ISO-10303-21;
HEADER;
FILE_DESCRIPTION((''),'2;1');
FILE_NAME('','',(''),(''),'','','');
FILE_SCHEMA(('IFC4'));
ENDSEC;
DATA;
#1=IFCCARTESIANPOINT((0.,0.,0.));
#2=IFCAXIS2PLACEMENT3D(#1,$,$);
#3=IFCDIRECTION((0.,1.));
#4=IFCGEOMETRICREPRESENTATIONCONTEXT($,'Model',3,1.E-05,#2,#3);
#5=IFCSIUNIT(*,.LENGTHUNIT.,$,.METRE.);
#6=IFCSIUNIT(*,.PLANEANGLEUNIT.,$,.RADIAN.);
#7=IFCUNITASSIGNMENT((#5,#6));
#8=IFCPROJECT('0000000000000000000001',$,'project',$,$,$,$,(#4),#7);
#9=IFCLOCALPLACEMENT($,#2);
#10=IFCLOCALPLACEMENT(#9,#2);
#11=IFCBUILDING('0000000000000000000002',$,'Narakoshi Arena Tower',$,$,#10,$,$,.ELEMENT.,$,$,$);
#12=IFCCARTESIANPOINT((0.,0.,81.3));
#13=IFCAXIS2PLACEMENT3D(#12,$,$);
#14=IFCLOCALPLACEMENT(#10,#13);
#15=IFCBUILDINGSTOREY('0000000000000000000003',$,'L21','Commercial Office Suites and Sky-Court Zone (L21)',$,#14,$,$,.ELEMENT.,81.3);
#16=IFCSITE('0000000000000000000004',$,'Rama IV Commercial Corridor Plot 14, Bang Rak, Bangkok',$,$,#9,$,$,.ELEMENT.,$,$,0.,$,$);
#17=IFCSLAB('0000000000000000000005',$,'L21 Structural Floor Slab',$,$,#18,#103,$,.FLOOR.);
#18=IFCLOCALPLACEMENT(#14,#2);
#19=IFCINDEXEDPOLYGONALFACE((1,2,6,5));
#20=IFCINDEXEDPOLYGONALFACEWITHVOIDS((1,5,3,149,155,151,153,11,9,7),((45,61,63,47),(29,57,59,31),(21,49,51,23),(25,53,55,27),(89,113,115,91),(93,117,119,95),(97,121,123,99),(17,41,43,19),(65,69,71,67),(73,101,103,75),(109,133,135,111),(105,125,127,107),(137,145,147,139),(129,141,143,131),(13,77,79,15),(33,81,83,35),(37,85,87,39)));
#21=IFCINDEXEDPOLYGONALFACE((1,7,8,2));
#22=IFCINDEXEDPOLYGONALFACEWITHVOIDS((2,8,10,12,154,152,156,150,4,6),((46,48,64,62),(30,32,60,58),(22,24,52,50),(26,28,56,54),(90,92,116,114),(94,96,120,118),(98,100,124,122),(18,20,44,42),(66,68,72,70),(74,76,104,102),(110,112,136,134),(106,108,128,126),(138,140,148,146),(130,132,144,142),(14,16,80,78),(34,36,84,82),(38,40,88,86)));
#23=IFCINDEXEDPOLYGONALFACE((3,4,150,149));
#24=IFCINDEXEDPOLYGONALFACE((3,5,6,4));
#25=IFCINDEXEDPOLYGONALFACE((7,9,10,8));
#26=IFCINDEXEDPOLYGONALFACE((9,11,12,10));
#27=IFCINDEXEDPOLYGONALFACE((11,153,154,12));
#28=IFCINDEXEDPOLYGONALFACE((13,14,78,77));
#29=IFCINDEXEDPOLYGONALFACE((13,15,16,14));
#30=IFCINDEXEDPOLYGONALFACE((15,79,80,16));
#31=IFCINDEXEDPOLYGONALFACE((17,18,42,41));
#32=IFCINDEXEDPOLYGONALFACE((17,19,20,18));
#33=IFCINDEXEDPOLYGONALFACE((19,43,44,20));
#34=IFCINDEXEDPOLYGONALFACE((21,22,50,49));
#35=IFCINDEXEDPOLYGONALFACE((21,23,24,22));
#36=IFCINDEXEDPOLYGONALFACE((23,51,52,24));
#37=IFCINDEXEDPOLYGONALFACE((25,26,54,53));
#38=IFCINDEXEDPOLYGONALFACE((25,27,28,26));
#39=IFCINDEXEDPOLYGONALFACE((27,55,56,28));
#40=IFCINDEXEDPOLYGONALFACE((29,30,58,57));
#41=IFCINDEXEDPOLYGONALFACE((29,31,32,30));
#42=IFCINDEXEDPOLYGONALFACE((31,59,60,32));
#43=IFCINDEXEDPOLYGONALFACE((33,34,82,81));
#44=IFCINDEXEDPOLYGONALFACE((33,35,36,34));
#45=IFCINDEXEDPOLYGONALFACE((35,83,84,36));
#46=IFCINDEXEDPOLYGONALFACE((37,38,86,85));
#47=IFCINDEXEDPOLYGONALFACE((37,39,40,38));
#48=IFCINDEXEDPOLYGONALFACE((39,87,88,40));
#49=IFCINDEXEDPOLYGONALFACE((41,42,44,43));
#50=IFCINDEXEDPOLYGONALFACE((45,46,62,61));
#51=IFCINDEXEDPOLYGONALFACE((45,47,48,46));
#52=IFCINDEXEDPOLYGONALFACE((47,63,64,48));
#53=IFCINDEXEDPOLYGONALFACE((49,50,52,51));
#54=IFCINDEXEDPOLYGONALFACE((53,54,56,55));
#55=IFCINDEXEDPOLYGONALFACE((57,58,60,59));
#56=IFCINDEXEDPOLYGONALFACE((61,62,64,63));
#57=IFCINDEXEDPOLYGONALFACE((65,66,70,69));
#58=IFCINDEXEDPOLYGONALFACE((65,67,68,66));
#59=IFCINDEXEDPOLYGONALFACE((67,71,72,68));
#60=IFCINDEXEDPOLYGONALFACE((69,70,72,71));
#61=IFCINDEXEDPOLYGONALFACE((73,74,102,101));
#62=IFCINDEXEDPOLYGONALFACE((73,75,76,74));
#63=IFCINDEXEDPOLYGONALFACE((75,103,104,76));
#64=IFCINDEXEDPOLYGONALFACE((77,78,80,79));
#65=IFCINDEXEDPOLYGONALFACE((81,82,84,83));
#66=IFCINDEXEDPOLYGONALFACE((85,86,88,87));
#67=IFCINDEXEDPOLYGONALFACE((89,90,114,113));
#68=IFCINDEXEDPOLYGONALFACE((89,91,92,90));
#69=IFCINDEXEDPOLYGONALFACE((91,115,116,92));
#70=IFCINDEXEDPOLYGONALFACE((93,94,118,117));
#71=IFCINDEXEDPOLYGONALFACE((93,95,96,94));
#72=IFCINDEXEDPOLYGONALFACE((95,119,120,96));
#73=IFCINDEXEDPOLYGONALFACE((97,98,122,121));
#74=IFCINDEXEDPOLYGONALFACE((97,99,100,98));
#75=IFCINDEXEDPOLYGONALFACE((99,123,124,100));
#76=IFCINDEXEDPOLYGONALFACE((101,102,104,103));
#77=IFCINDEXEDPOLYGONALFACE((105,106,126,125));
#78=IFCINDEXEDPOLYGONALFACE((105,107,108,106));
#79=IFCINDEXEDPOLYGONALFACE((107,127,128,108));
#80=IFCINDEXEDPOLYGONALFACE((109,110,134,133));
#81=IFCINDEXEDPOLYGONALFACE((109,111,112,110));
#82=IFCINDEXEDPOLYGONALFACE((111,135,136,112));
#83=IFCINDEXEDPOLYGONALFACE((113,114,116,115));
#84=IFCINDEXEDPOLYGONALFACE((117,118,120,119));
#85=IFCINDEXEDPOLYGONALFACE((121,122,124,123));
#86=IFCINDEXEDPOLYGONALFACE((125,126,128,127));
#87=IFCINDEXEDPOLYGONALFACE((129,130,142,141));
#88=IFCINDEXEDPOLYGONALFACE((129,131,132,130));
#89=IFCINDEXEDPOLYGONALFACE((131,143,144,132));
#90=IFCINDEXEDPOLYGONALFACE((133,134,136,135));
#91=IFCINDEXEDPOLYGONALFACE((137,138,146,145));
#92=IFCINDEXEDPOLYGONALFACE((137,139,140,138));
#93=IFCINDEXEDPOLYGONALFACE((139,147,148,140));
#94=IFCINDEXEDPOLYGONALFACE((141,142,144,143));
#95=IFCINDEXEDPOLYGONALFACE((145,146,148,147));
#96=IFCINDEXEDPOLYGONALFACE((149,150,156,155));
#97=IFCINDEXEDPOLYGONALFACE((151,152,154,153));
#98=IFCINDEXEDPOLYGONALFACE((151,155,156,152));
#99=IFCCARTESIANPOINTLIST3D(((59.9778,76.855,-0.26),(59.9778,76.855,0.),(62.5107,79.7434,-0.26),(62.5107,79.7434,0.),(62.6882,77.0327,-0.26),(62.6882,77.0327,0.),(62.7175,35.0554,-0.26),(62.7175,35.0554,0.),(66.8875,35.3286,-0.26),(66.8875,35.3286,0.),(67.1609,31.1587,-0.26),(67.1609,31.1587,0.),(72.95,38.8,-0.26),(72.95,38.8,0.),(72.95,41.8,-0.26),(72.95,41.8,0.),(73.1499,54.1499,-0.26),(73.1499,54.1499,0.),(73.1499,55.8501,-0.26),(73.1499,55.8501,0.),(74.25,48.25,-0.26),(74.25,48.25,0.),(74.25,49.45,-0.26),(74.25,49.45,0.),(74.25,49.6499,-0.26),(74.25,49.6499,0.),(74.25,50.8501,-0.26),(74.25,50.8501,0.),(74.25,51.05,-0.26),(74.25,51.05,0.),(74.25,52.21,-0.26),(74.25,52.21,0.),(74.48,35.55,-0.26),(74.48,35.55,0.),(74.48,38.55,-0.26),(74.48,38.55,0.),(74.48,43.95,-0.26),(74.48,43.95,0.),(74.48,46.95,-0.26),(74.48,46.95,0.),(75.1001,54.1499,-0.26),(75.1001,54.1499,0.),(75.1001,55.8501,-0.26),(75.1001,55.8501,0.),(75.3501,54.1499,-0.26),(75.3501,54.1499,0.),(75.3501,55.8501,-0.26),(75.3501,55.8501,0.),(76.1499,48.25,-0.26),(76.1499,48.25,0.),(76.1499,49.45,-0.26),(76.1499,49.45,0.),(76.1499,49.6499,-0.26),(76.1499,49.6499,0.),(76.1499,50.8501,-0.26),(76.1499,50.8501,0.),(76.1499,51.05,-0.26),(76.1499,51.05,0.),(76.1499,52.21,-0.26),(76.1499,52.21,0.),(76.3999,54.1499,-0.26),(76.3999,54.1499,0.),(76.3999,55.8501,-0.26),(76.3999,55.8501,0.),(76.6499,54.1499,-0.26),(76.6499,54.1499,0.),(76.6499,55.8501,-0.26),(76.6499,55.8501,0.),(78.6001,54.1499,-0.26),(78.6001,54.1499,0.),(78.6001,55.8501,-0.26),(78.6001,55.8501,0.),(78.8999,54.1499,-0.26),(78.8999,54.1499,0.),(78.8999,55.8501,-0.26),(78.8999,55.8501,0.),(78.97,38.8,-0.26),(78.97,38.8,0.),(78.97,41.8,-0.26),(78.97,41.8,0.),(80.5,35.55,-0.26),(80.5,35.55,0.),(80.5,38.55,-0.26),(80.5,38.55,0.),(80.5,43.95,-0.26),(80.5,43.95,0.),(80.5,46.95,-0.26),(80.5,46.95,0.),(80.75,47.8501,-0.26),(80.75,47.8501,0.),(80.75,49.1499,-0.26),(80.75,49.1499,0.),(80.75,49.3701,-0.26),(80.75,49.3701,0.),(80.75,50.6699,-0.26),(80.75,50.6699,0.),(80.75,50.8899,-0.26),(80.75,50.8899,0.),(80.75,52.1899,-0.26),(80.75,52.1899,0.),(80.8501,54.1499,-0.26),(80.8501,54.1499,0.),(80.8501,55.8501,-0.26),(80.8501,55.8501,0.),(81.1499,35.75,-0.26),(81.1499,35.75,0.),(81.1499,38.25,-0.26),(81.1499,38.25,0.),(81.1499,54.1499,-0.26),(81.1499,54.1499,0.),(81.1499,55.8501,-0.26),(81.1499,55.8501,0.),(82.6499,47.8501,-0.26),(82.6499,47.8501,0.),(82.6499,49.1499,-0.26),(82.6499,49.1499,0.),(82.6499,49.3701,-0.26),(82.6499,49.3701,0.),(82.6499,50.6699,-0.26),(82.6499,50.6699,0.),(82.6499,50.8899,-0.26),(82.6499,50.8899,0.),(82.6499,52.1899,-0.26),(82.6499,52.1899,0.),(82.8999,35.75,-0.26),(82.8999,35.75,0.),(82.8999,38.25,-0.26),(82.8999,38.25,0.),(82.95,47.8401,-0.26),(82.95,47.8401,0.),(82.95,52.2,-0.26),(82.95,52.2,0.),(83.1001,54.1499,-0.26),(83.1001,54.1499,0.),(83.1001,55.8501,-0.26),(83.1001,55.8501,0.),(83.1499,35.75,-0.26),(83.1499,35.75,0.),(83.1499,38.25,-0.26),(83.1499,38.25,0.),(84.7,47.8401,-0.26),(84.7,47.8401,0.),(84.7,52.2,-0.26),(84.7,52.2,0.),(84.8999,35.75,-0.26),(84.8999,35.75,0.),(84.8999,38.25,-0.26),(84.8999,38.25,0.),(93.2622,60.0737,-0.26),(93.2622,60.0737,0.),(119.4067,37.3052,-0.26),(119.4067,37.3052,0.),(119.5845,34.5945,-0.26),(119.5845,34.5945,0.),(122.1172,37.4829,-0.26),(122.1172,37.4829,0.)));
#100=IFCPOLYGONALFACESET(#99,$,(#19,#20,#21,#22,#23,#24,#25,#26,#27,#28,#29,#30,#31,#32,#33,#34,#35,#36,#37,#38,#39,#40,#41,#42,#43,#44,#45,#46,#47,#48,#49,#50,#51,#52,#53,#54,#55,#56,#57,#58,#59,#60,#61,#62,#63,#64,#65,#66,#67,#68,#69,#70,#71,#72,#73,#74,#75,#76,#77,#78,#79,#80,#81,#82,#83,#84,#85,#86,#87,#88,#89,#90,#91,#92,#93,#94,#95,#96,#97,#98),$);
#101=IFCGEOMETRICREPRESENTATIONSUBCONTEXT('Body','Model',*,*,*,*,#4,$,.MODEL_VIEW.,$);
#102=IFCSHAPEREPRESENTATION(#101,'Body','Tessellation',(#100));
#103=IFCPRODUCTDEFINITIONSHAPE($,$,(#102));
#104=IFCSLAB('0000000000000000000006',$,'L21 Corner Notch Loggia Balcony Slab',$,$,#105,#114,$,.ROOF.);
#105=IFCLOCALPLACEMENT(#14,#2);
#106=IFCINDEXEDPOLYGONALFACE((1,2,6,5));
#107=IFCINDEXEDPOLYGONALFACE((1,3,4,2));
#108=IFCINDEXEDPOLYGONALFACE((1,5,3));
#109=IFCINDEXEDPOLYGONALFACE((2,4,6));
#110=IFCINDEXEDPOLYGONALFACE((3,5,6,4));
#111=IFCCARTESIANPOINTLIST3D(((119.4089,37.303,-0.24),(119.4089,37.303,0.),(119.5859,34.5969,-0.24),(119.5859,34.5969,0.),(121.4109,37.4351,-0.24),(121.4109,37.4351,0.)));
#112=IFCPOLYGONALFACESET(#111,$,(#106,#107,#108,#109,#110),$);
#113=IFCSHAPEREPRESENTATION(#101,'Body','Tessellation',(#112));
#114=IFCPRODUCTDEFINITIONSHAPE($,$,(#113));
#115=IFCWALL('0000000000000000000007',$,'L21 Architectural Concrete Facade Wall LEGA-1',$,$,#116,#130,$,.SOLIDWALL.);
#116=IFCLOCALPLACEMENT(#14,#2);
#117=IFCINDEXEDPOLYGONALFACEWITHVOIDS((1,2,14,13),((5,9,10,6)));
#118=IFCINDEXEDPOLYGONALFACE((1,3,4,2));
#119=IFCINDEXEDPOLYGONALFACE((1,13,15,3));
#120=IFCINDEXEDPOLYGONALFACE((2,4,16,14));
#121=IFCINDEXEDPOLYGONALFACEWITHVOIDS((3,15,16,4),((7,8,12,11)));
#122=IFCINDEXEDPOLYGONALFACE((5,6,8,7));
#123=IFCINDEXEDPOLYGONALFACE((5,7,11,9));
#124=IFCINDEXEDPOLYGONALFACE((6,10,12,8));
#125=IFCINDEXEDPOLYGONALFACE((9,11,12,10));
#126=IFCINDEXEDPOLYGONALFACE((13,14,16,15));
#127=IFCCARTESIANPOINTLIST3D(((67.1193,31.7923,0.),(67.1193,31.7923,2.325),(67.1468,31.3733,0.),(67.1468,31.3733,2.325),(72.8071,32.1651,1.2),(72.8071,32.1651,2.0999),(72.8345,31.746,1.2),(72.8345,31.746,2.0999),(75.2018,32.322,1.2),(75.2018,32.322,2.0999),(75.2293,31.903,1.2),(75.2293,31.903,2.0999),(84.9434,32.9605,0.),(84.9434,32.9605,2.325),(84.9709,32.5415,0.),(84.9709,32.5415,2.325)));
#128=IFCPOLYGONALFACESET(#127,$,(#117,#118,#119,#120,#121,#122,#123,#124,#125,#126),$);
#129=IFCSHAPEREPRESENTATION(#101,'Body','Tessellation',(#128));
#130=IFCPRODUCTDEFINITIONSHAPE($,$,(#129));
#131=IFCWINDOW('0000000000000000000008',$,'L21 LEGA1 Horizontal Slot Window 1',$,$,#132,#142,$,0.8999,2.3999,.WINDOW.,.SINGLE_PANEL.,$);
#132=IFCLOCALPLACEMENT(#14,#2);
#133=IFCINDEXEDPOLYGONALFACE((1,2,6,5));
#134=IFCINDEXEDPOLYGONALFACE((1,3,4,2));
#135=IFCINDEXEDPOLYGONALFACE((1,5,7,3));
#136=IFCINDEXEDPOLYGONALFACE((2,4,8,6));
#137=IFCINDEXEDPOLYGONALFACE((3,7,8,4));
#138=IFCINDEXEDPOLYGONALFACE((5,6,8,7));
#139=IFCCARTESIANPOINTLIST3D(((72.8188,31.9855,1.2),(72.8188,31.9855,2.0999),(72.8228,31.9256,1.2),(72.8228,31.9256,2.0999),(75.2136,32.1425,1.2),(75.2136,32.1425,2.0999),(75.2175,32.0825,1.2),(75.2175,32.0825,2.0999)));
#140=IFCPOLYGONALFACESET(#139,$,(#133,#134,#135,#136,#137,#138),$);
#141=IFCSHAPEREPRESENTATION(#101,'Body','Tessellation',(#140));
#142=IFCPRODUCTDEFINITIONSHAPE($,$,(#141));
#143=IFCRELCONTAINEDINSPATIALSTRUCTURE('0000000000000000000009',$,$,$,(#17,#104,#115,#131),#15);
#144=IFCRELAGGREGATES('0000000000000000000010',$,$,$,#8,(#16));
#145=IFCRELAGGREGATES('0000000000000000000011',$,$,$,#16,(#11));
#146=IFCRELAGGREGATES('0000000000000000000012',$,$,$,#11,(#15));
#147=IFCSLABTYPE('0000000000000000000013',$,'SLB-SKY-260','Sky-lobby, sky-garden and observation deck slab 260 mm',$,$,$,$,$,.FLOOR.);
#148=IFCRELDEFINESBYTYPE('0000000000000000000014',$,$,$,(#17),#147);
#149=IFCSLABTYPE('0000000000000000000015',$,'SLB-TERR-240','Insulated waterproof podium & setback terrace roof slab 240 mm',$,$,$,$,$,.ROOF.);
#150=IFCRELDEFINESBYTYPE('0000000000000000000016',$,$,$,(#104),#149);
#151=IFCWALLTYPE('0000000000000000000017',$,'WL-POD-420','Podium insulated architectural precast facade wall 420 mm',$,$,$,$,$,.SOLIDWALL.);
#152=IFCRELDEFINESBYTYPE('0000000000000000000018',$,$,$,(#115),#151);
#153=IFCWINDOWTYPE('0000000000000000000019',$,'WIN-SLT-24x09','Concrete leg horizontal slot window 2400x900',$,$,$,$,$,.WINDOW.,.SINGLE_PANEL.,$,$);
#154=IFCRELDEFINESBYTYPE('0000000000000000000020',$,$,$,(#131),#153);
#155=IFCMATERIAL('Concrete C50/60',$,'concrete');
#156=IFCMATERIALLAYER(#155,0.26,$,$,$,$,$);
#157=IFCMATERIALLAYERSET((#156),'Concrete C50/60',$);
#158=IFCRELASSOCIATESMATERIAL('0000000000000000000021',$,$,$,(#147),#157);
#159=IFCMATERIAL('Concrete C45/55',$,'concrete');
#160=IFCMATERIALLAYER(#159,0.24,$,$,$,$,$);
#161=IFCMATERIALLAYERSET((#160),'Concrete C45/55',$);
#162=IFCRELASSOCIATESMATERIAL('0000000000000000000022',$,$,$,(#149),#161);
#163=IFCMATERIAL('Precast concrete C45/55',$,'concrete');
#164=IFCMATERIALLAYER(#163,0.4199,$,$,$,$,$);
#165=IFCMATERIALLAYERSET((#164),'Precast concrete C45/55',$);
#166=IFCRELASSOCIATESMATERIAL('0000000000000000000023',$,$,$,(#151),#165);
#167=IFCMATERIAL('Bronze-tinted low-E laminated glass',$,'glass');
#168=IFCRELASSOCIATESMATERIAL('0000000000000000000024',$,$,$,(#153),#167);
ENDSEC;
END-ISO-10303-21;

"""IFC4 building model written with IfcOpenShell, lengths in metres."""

from ifc_helpers import new_model, si_unit, direction, frame, frame_2d, origin, place, context, subcontext, project, spatial, polyline, rectangle, outline, extrude, material, layer, layer_set, type_object, element, fill, save


model = new_model("IFC4")

# Units and contexts
model_context = context("Model", 3, precision=1e-05, world=origin(), true_north=direction((0.0, 1.0)))
body_context = subcontext(model_context, "Body", "Model", "MODEL_VIEW")
ifc_project = project(units=[si_unit("LENGTHUNIT", "METRE"), si_unit("PLANEANGLEUNIT", "RADIAN")], contexts=[model_context])

# Site, building, storey
site_placement = place(None, origin())
site = spatial("IfcSite", under=ifc_project, at=site_placement, Name="Rama IV Commercial Corridor Plot 14, Bang Rak, Bangkok", CompositionType="ELEMENT", RefElevation=0.0)
building_placement = place(site_placement, origin())
building = spatial("IfcBuilding", under=site, at=building_placement, Name="Narakoshi Arena Tower", CompositionType="ELEMENT")
storey_placement = place(building_placement, frame((0.0, 0.0, 81.3)))
storey = spatial("IfcBuildingStorey", under=building, at=storey_placement, Name="L21", Description="Commercial Office Suites and Sky-Court Zone (L21)", CompositionType="ELEMENT", Elevation=81.3)

# Shared definitions
ifc_material_1 = material(Name="Concrete C45/55", Category="concrete")

# Slabs
ifc_material_2 = material(Name="Concrete C50/60", Category="concrete")
ifc_layer_1 = layer(ifc_material_2, 0.26)
ifc_layer_set_1 = layer_set([ifc_layer_1], Name="Concrete C50/60")
slab_type_1 = type_object("IfcSlabType", Name="SLB-SKY-260", Description="Sky-lobby, sky-garden and observation deck slab 260 mm", PredefinedType="FLOOR", material=ifc_layer_set_1)
slab_1_placement = place(storey_placement, frame((0.0, 0.0, -0.26)))
element("IfcSlab", 1, at=slab_1_placement, inside=storey, type_object=slab_type_1, Name="L21 Structural Floor Slab", PredefinedType="FLOOR", context=body_context, shape_type="SweptSolid", body=[
    extrude(outline(polyline([(67.1609, 31.1587), (119.5845, 34.5945), (119.4067, 37.3052), (122.1172, 37.4829), (93.2622, 60.0737), (62.5107, 79.7434), (62.6882, 77.0327), (59.9778, 76.855), (62.7175, 35.0554), (66.8875, 35.3286), (67.1609, 31.1587)]), holes=[polyline([(74.48, 35.55), (74.48, 38.55), (80.5, 38.55), (80.5, 35.55), (74.48, 35.55)]), polyline([(81.1499, 35.75), (81.1499, 38.25), (82.8999, 38.25), (82.8999, 35.75), (81.1499, 35.75)]), polyline([(83.1499, 35.75), (83.1499, 38.25), (84.8999, 38.25), (84.8999, 35.75), (83.1499, 35.75)]), polyline([(72.95, 38.8), (72.95, 41.8), (78.97, 41.8), (78.97, 38.8), (72.95, 38.8)]), polyline([(74.48, 43.95), (74.48, 46.95), (80.5, 46.95), (80.5, 43.95), (74.48, 43.95)]), polyline([(82.95, 47.8401), (82.95, 52.2), (84.7, 52.2), (84.7, 47.8401), (82.95, 47.8401)]), polyline([(80.75, 47.8501), (80.75, 49.1499), (82.6499, 49.1499), (82.6499, 47.8501), (80.75, 47.8501)]), polyline([(74.25, 48.25), (74.25, 49.45), (76.1499, 49.45), (76.1499, 48.25), (74.25, 48.25)]), polyline([(80.75, 49.3701), (80.75, 50.6699), (82.6499, 50.6699), (82.6499, 49.3701), (80.75, 49.3701)]), polyline([(74.25, 49.6499), (74.25, 50.8501), (76.1499, 50.8501), (76.1499, 49.6499), (74.25, 49.6499)]), polyline([(80.75, 50.8899), (80.75, 52.1899), (82.6499, 52.1899), (82.6499, 50.8899), (80.75, 50.8899)]), polyline([(74.25, 51.05), (74.25, 52.21), (76.1499, 52.21), (76.1499, 51.05), (74.25, 51.05)]), polyline([(73.1499, 54.1499), (73.1499, 55.8501), (75.1001, 55.8501), (75.1001, 54.1499), (73.1499, 54.1499)]), polyline([(75.3501, 54.1499), (75.3501, 55.8501), (76.3999, 55.8501), (76.3999, 54.1499), (75.3501, 54.1499)]), polyline([(76.6499, 54.1499), (76.6499, 55.8501), (78.6001, 55.8501), (78.6001, 54.1499), (76.6499, 54.1499)]), polyline([(78.8999, 55.8501), (80.8501, 55.8501), (80.8501, 54.1499), (78.8999, 54.1499), (78.8999, 55.8501)]), polyline([(81.1499, 55.8501), (83.1001, 55.8501), (83.1001, 54.1499), (81.1499, 54.1499), (81.1499, 55.8501)])]), origin(), (0.0, 0.0, 1.0), 0.26),
])
ifc_layer_2 = layer(ifc_material_1, 0.24)
ifc_layer_set_2 = layer_set([ifc_layer_2], Name="Concrete C45/55")
slab_type_2 = type_object("IfcSlabType", Name="SLB-TERR-240", Description="Insulated waterproof podium & setback terrace roof slab 240 mm", PredefinedType="ROOF", material=ifc_layer_set_2)
slab_2_placement = place(storey_placement, frame((0.0, 0.0, -0.24)))
element("IfcSlab", 2, at=slab_2_placement, inside=storey, type_object=slab_type_2, Name="L21 Corner Notch Loggia Balcony Slab", PredefinedType="ROOF", context=body_context, shape_type="SweptSolid", body=[
    extrude(outline(polyline([(121.4109, 37.4351), (119.4089, 37.303), (119.5859, 34.5969), (121.4109, 37.4351)])), origin(), (0.0, 0.0, 1.0), 0.24),
])

# Wall, opening, window
ifc_material_3 = material(Name="Precast concrete C45/55", Category="concrete")
ifc_layer_3 = layer(ifc_material_3, 0.4199)
ifc_layer_set_3 = layer_set([ifc_layer_3], Name="Precast concrete C45/55")
wall_type_1 = type_object("IfcWallType", Name="WL-POD-420", Description="Podium insulated architectural precast facade wall 420 mm", PredefinedType="SOLIDWALL", material=ifc_layer_set_3)
wall_1_placement = place(storey_placement, frame((67.1331, 31.5828, 0.0), z_axis=(0.0, 0.0, 1.0), x_axis=(0.997859, 0.065401, 0.0)))
wall_1 = element("IfcWall", 3, at=wall_1_placement, inside=storey, type_object=wall_type_1, Name="L21 Architectural Concrete Facade Wall LEGA-1", PredefinedType="SOLIDWALL", context=body_context, shape_type="SweptSolid", body=[
    extrude(rectangle(XDim=17.8623, YDim=0.4199, at=frame_2d((8.9312, 0.0))), origin(), (0.0, 0.0, 1.0), 2.325),
])
opening_1_placement = place(wall_1_placement, frame((5.7, 0.0, 1.2)))
opening_1 = element("IfcOpeningElement", 4, at=opening_1_placement, cuts=wall_1, PredefinedType="OPENING", context=body_context, shape_type="SweptSolid", body=[
    extrude(rectangle(XDim=2.3999, YDim=0.8999, at=frame_2d((1.2, 0.45))), frame((0.0, 0.22, 0.0), z_axis=(0.0, -1.0, 0.0), x_axis=(1.0, 0.0, 0.0)), (0.0, 0.0, 1.0), 0.4399),
])
ifc_material_4 = material(Name="Bronze-tinted low-E laminated glass", Category="glass")
window_type_1 = type_object("IfcWindowType", Name="WIN-SLT-24x09", Description="Concrete leg horizontal slot window 2400x900", PartitioningType="SINGLE_PANEL", PredefinedType="WINDOW", material=ifc_material_4)
window_1_placement = place(opening_1_placement, origin())
window_1 = element("IfcWindow", 5, at=window_1_placement, inside=storey, type_object=window_type_1, Name="L21 LEGA1 Horizontal Slot Window 1", OverallHeight=0.8999, OverallWidth=2.3999, PartitioningType="SINGLE_PANEL", PredefinedType="WINDOW", context=body_context, shape_type="SweptSolid", body=[
    extrude(rectangle(XDim=2.3999, YDim=0.8999, at=frame_2d((1.2, 0.45))), frame((0.0, 0.03, 0.0), z_axis=(0.0, -1.0, 0.0), x_axis=(1.0, 0.0, 0.0)), (0.0, 0.0, 1.0), 0.0601),
])
fill(opening_1, window_1)

save(model, "model.ifc")
